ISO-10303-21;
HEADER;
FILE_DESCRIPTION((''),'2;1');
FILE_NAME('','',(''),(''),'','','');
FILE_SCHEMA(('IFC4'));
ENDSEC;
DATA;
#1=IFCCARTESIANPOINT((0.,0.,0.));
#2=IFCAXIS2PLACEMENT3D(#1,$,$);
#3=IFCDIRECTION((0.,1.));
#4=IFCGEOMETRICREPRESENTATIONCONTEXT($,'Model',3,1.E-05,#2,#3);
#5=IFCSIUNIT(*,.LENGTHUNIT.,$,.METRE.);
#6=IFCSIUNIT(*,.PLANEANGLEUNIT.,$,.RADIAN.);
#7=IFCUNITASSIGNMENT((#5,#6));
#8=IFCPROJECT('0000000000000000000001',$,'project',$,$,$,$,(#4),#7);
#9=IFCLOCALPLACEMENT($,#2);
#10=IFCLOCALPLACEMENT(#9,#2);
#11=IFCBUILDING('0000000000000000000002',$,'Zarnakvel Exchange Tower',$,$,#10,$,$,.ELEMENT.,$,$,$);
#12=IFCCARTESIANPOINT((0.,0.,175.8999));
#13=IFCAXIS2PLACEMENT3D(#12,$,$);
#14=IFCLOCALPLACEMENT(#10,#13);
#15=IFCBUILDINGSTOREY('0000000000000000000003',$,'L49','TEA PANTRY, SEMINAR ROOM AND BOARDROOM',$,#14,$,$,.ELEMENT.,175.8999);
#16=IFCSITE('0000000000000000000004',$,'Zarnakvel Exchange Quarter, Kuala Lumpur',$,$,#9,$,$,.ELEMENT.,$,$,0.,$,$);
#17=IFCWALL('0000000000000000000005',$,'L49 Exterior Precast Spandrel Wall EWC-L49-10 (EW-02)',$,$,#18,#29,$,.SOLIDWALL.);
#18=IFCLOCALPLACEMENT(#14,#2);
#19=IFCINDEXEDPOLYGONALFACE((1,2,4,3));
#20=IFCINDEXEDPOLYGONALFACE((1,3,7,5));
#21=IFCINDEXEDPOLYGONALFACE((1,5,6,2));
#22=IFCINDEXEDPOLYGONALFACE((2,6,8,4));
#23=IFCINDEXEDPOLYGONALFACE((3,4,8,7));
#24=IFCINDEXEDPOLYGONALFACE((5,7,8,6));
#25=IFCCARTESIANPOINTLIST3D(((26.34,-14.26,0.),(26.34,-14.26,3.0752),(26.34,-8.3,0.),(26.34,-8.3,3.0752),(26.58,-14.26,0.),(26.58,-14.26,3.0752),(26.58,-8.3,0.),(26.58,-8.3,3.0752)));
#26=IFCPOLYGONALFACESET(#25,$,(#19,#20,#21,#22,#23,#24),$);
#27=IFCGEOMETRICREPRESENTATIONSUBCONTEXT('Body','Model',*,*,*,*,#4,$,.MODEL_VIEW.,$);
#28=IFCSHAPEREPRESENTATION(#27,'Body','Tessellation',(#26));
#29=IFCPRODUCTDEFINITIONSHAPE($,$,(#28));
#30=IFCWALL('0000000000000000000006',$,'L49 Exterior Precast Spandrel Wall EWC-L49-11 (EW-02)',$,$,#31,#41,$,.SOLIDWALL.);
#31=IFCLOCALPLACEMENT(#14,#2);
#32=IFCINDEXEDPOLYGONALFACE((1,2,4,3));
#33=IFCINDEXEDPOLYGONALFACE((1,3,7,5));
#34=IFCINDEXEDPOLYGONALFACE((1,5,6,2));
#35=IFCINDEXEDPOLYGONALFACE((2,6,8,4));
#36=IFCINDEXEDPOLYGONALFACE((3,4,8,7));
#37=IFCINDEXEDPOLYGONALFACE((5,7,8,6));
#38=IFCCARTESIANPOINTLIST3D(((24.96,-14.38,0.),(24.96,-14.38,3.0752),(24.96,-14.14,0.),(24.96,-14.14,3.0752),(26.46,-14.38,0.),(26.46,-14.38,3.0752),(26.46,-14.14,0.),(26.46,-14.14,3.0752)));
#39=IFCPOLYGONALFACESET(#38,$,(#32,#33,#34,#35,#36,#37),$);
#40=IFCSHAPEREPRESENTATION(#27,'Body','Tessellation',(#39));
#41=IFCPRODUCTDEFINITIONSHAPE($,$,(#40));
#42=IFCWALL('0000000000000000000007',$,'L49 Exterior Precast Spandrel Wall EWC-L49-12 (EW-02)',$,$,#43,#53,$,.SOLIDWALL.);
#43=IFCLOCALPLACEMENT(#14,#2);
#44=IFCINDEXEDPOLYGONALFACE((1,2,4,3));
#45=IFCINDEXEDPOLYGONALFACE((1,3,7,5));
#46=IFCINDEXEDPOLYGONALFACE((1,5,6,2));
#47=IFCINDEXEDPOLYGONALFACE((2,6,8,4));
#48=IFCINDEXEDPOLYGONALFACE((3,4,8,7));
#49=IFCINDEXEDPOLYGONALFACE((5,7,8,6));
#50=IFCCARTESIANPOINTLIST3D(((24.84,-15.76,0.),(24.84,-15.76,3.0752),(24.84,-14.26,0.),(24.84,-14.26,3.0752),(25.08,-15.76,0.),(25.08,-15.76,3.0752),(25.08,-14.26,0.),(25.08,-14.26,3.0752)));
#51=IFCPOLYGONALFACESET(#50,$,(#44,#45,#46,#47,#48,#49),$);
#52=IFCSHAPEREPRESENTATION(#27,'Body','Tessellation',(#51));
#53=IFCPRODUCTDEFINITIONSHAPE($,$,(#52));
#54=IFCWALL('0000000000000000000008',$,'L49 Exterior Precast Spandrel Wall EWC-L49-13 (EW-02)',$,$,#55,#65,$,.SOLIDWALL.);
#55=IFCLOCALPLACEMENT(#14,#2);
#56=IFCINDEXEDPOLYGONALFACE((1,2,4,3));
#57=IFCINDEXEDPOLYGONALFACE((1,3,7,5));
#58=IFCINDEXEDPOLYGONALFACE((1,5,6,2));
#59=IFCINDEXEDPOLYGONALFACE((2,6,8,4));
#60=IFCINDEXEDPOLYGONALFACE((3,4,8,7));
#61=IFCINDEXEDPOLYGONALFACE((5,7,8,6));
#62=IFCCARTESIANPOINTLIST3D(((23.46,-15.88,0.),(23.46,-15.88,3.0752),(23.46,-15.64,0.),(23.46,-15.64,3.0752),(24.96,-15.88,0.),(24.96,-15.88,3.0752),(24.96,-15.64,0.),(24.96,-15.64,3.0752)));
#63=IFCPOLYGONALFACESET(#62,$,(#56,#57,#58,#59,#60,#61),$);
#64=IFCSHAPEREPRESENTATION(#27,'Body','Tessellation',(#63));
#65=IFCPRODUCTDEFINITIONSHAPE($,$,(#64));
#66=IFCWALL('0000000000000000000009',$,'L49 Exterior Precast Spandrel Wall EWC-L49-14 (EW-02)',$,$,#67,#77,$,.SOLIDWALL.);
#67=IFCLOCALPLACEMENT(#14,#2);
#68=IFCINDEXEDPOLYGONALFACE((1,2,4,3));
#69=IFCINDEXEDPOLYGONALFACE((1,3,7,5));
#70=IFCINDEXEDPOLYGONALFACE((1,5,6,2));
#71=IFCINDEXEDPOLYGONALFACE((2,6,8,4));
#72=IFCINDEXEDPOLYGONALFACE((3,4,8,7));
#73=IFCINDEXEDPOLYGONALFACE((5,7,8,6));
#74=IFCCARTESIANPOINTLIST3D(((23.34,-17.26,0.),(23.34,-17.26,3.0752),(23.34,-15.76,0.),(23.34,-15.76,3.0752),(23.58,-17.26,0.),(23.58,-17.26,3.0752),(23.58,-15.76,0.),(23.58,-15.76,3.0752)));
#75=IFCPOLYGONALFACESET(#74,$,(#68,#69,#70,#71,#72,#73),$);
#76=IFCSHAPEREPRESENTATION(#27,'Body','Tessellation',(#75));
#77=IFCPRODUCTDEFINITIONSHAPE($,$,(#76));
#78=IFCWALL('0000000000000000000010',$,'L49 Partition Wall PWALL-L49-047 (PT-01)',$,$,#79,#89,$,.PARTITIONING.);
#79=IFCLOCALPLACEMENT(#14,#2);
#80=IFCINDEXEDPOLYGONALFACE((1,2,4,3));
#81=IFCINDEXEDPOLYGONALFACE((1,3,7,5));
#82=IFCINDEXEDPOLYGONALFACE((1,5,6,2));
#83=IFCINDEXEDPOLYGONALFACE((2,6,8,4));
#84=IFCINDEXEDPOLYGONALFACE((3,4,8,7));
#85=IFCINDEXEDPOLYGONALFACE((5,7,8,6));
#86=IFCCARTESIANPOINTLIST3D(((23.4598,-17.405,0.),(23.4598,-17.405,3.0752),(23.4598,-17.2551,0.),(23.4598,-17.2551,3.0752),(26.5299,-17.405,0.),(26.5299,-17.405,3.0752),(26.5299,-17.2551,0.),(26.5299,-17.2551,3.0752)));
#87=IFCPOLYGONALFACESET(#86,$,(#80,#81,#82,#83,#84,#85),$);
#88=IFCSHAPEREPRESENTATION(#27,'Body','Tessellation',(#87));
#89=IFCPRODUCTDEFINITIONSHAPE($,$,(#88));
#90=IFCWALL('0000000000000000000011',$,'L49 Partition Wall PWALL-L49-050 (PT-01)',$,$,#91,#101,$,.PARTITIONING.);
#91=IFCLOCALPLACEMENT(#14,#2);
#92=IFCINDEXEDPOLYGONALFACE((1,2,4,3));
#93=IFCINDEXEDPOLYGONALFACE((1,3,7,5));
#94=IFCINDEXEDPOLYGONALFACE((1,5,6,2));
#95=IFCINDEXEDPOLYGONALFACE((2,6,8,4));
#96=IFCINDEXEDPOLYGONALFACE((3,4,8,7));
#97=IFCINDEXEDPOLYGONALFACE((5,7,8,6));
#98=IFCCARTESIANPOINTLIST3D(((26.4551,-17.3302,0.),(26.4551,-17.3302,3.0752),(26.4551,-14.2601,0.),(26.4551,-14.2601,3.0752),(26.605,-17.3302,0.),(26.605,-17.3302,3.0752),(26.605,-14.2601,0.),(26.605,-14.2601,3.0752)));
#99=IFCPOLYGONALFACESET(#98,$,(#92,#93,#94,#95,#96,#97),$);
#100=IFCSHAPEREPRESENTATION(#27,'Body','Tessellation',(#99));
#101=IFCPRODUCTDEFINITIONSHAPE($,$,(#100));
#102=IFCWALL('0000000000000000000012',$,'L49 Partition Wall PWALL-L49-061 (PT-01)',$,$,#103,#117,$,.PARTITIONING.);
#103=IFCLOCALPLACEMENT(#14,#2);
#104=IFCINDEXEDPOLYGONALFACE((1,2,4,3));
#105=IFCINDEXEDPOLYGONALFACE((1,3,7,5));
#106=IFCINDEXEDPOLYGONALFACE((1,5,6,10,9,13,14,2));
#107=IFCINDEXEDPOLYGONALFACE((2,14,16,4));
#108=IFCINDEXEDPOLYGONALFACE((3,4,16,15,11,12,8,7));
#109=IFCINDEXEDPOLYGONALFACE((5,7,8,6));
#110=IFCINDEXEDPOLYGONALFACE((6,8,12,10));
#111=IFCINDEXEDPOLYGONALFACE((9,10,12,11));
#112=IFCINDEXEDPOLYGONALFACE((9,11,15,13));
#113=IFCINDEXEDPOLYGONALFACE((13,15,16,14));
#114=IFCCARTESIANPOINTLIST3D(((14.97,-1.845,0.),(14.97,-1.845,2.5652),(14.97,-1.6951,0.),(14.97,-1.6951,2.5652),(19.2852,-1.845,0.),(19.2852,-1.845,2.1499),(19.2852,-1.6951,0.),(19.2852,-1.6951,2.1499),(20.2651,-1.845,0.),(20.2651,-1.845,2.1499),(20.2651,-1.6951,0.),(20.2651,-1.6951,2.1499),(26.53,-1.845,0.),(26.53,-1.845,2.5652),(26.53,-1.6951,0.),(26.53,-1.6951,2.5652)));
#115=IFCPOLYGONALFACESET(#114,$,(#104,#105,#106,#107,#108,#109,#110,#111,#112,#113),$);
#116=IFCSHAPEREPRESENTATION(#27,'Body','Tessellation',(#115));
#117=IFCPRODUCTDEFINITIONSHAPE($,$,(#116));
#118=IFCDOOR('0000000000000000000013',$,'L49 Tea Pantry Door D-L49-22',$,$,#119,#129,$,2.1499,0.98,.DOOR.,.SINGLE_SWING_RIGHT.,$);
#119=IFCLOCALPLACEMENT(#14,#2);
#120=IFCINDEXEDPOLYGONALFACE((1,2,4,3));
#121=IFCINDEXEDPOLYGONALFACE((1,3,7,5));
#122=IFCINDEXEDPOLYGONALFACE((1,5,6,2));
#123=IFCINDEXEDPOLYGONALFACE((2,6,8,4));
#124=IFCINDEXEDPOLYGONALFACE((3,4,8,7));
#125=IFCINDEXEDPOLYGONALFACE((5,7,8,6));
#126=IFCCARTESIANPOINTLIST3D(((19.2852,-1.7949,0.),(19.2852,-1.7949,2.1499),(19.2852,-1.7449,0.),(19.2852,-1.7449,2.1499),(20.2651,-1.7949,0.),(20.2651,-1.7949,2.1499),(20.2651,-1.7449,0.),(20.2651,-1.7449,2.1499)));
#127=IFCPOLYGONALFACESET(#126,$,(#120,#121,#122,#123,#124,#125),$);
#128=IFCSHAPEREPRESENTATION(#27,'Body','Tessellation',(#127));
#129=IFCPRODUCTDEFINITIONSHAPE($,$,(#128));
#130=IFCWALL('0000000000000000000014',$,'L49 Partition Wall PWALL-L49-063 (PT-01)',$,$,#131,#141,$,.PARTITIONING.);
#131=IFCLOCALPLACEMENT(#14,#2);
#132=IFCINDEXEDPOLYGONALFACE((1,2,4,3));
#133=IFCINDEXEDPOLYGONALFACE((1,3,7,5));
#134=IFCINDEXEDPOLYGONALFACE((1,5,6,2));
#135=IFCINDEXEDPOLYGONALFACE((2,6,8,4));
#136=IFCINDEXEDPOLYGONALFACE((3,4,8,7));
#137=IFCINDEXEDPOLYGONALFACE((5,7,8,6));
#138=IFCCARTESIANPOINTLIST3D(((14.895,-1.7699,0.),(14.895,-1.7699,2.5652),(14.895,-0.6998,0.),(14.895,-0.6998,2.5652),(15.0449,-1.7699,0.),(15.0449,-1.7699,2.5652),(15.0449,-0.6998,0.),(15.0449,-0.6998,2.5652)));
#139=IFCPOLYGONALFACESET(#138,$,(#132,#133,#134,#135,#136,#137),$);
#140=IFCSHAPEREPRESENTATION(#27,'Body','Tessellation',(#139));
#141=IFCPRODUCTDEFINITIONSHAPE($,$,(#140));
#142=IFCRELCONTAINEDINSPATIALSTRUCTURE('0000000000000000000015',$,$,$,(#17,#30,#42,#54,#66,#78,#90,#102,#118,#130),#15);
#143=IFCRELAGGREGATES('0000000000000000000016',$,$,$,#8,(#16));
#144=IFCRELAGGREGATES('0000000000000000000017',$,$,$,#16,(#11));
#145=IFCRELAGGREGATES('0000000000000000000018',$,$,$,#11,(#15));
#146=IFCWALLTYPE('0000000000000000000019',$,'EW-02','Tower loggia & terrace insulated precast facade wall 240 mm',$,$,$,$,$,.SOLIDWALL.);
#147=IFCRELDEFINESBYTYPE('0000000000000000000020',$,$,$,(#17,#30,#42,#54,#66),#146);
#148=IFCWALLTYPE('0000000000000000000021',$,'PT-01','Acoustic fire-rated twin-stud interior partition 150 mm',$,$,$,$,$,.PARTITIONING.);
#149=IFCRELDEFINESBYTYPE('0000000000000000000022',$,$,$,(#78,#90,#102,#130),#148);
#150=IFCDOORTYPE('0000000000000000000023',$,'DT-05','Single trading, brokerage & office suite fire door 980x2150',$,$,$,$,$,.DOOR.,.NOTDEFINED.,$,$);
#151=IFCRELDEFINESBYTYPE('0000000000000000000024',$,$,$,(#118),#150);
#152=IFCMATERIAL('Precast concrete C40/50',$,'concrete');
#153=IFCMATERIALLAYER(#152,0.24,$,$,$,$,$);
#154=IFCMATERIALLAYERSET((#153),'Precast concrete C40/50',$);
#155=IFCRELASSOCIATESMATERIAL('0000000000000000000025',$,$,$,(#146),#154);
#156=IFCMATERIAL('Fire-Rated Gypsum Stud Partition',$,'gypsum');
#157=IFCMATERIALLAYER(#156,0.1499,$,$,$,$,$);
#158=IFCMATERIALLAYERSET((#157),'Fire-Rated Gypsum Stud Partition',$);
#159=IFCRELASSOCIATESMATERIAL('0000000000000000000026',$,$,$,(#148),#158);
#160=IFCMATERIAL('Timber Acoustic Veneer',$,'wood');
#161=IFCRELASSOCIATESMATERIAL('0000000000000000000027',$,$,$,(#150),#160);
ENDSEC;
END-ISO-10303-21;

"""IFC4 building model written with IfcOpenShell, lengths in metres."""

from ifc_helpers import new_model, si_unit, direction, frame, frame_2d, origin, place, context, subcontext, project, spatial, rectangle, extrude, source, transform, mapped, material, layer, layer_set, type_object, element, fill, save


model = new_model("IFC4")

# Units and contexts
model_context = context("Model", 3, precision=1e-05, world=origin(), true_north=direction((0.0, 1.0)))
body_context = subcontext(model_context, "Body", "Model", "MODEL_VIEW")
ifc_project = project(units=[si_unit("LENGTHUNIT", "METRE"), si_unit("PLANEANGLEUNIT", "RADIAN")], contexts=[model_context])

# Site, building, storey
site_placement = place(None, origin())
site = spatial("IfcSite", under=ifc_project, at=site_placement, Name="Zarnakvel Exchange Quarter, Kuala Lumpur", CompositionType="ELEMENT", RefElevation=0.0)
building_placement = place(site_placement, origin())
building = spatial("IfcBuilding", under=site, at=building_placement, Name="Zarnakvel Exchange Tower", CompositionType="ELEMENT")
storey_placement = place(building_placement, frame((0.0, 0.0, 175.8999)))
storey = spatial("IfcBuildingStorey", under=building, at=storey_placement, Name="L49", Description="TEA PANTRY, SEMINAR ROOM AND BOARDROOM", CompositionType="ELEMENT", Elevation=175.8999)

# Shared definitions
ifc_material_1 = material(Name="Precast concrete C40/50", Category="concrete")
ifc_layer_1 = layer(ifc_material_1, 0.24)
ifc_layer_set_1 = layer_set([ifc_layer_1], Name="Precast concrete C40/50")
wall_type_1 = type_object("IfcWallType", Name="EW-02", Description="Tower loggia & terrace insulated precast facade wall 240 mm", PredefinedType="SOLIDWALL", material=ifc_layer_set_1)

# Walls
wall_1_placement = place(storey_placement, frame((26.46, -14.26, 0.0), z_axis=(0.0, 0.0, 1.0), x_axis=(0.0, 1.0, 0.0)))
element("IfcWall", 1, at=wall_1_placement, inside=storey, type_object=wall_type_1, Name="L49 Exterior Precast Spandrel Wall EWC-L49-10 (EW-02)", PredefinedType="SOLIDWALL", context=body_context, shape_type="SweptSolid", body=[
    extrude(rectangle(XDim=5.96, YDim=0.24, at=frame_2d((2.98, 0.0))), origin(), (0.0, 0.0, 1.0), 3.0752),
])
for number, where, z_axis, x_axis, name in (
    (2, (24.96, -14.26, 0.0), (0.0, 0.0, 1.0), (1.0, 0.0, 0.0), "L49 Exterior Precast Spandrel Wall EWC-L49-11 (EW-02)"),
    (3, (24.96, -15.76, 0.0), (0.0, 0.0, 1.0), (0.0, 1.0, 0.0), "L49 Exterior Precast Spandrel Wall EWC-L49-12 (EW-02)"),
    (4, (23.46, -15.76, 0.0), (0.0, 0.0, 1.0), (1.0, 0.0, 0.0), "L49 Exterior Precast Spandrel Wall EWC-L49-13 (EW-02)"),
    (5, (23.46, -17.26, 0.0), (0.0, 0.0, 1.0), (0.0, 1.0, 0.0), "L49 Exterior Precast Spandrel Wall EWC-L49-14 (EW-02)"),
):
    element("IfcWall", number, at=place(storey_placement, frame(where, z_axis=z_axis, x_axis=x_axis)), inside=storey, type_object=wall_type_1, Name=name, PredefinedType="SOLIDWALL", context=body_context, shape_type="SweptSolid", body=[
        extrude(rectangle(XDim=1.5, YDim=0.24, at=frame_2d((0.75, 0.0))), origin(), (0.0, 0.0, 1.0), 3.0752),
    ])
ifc_material_2 = material(Name="Fire-Rated Gypsum Stud Partition", Category="gypsum")
ifc_layer_2 = layer(ifc_material_2, 0.1499)
ifc_layer_set_2 = layer_set([ifc_layer_2], Name="Fire-Rated Gypsum Stud Partition")
wall_type_2 = type_object("IfcWallType", Name="PT-01", Description="Acoustic fire-rated twin-stud interior partition 150 mm", PredefinedType="PARTITIONING", material=ifc_layer_set_2)
for number, where, z_axis, x_axis, name in (
    (6, (26.53, -17.3301, 0.0), (0.0, 0.0, 1.0), (-1.0, 0.0, 0.0), "L49 Partition Wall PWALL-L49-047 (PT-01)"),
    (7, (26.53, -14.26, 0.0), (0.0, 0.0, 1.0), (0.0, -1.0, 0.0), "L49 Partition Wall PWALL-L49-050 (PT-01)"),
):
    element("IfcWall", number, at=place(storey_placement, frame(where, z_axis=z_axis, x_axis=x_axis)), inside=storey, type_object=wall_type_2, Name=name, PredefinedType="PARTITIONING", context=body_context, shape_type="SweptSolid", body=[
        extrude(rectangle(XDim=3.0701, YDim=0.1499, at=frame_2d((1.5352, 0.0))), origin(), (0.0, 0.0, 1.0), 3.0752),
    ])

# Wall, opening, door
wall_2_placement = place(storey_placement, frame((26.53, -1.77, 0.0), z_axis=(0.0, 0.0, 1.0), x_axis=(-1.0, 0.0, 0.0)))
wall_2 = element("IfcWall", 8, at=wall_2_placement, inside=storey, type_object=wall_type_2, Name="L49 Partition Wall PWALL-L49-061 (PT-01)", PredefinedType="PARTITIONING", context=body_context, shape_type="SweptSolid", body=[
    extrude(rectangle(XDim=11.5601, YDim=0.1499, at=frame_2d((5.78, 0.0))), origin(), (0.0, 0.0, 1.0), 2.5652),
])
opening_1_placement = place(wall_2_placement, frame((6.2649, 0.0, 0.0)))
opening_1 = element("IfcOpeningElement", 9, at=opening_1_placement, cuts=wall_2, PredefinedType="OPENING", context=body_context, shape_type="SweptSolid", body=[
    extrude(rectangle(XDim=0.98, YDim=2.1499, at=frame_2d((0.49, 1.075))), frame((0.0, 0.085, 0.0), z_axis=(0.0, -1.0, 0.0), x_axis=(1.0, 0.0, 0.0)), (0.0, 0.0, 1.0), 0.1699),
])
ifc_material_3 = material(Name="Timber Acoustic Veneer", Category="wood")
door_type_1 = type_object("IfcDoorType", Name="DT-05", Description="Single trading, brokerage & office suite fire door 980x2150", OperationType="NOTDEFINED", PredefinedType="DOOR", material=ifc_material_3)
shared_shape_1 = source(origin(), body_context, "Body", "SweptSolid", [
    extrude(rectangle(XDim=0.98, YDim=2.1499, at=frame_2d((0.49, 1.075))), frame((0.0, 0.0249, 0.0), z_axis=(0.0, -1.0, 0.0), x_axis=(1.0, 0.0, 0.0)), (0.0, 0.0, 1.0), 0.05),
])
door_1_placement = place(opening_1_placement, origin())
door_1 = element("IfcDoor", 10, at=door_1_placement, inside=storey, type_object=door_type_1, Name="L49 Tea Pantry Door D-L49-22", OperationType="SINGLE_SWING_RIGHT", OverallHeight=2.1499, OverallWidth=0.98, PredefinedType="DOOR", context=body_context, shape_type="MappedRepresentation", body=[
    mapped(shared_shape_1, transform((0.0, 0.0, 0.0), x_axis=(1.0, 0.0, 0.0), y_axis=(0.0, 1.0, 0.0), z_axis=(0.0, 0.0, 1.0), scale=1.0)),
])
fill(opening_1, door_1)

# Wall
wall_3_placement = place(storey_placement, frame((14.97, -1.77, 0.0), z_axis=(0.0, 0.0, 1.0), x_axis=(0.0, 1.0, 0.0)))
element("IfcWall", 11, at=wall_3_placement, inside=storey, type_object=wall_type_2, Name="L49 Partition Wall PWALL-L49-063 (PT-01)", PredefinedType="PARTITIONING", context=body_context, shape_type="SweptSolid", body=[
    extrude(rectangle(XDim=1.0701, YDim=0.1499, at=frame_2d((0.5352, 0.0))), origin(), (0.0, 0.0, 1.0), 2.5652),
])

save(model, "model.ifc")
